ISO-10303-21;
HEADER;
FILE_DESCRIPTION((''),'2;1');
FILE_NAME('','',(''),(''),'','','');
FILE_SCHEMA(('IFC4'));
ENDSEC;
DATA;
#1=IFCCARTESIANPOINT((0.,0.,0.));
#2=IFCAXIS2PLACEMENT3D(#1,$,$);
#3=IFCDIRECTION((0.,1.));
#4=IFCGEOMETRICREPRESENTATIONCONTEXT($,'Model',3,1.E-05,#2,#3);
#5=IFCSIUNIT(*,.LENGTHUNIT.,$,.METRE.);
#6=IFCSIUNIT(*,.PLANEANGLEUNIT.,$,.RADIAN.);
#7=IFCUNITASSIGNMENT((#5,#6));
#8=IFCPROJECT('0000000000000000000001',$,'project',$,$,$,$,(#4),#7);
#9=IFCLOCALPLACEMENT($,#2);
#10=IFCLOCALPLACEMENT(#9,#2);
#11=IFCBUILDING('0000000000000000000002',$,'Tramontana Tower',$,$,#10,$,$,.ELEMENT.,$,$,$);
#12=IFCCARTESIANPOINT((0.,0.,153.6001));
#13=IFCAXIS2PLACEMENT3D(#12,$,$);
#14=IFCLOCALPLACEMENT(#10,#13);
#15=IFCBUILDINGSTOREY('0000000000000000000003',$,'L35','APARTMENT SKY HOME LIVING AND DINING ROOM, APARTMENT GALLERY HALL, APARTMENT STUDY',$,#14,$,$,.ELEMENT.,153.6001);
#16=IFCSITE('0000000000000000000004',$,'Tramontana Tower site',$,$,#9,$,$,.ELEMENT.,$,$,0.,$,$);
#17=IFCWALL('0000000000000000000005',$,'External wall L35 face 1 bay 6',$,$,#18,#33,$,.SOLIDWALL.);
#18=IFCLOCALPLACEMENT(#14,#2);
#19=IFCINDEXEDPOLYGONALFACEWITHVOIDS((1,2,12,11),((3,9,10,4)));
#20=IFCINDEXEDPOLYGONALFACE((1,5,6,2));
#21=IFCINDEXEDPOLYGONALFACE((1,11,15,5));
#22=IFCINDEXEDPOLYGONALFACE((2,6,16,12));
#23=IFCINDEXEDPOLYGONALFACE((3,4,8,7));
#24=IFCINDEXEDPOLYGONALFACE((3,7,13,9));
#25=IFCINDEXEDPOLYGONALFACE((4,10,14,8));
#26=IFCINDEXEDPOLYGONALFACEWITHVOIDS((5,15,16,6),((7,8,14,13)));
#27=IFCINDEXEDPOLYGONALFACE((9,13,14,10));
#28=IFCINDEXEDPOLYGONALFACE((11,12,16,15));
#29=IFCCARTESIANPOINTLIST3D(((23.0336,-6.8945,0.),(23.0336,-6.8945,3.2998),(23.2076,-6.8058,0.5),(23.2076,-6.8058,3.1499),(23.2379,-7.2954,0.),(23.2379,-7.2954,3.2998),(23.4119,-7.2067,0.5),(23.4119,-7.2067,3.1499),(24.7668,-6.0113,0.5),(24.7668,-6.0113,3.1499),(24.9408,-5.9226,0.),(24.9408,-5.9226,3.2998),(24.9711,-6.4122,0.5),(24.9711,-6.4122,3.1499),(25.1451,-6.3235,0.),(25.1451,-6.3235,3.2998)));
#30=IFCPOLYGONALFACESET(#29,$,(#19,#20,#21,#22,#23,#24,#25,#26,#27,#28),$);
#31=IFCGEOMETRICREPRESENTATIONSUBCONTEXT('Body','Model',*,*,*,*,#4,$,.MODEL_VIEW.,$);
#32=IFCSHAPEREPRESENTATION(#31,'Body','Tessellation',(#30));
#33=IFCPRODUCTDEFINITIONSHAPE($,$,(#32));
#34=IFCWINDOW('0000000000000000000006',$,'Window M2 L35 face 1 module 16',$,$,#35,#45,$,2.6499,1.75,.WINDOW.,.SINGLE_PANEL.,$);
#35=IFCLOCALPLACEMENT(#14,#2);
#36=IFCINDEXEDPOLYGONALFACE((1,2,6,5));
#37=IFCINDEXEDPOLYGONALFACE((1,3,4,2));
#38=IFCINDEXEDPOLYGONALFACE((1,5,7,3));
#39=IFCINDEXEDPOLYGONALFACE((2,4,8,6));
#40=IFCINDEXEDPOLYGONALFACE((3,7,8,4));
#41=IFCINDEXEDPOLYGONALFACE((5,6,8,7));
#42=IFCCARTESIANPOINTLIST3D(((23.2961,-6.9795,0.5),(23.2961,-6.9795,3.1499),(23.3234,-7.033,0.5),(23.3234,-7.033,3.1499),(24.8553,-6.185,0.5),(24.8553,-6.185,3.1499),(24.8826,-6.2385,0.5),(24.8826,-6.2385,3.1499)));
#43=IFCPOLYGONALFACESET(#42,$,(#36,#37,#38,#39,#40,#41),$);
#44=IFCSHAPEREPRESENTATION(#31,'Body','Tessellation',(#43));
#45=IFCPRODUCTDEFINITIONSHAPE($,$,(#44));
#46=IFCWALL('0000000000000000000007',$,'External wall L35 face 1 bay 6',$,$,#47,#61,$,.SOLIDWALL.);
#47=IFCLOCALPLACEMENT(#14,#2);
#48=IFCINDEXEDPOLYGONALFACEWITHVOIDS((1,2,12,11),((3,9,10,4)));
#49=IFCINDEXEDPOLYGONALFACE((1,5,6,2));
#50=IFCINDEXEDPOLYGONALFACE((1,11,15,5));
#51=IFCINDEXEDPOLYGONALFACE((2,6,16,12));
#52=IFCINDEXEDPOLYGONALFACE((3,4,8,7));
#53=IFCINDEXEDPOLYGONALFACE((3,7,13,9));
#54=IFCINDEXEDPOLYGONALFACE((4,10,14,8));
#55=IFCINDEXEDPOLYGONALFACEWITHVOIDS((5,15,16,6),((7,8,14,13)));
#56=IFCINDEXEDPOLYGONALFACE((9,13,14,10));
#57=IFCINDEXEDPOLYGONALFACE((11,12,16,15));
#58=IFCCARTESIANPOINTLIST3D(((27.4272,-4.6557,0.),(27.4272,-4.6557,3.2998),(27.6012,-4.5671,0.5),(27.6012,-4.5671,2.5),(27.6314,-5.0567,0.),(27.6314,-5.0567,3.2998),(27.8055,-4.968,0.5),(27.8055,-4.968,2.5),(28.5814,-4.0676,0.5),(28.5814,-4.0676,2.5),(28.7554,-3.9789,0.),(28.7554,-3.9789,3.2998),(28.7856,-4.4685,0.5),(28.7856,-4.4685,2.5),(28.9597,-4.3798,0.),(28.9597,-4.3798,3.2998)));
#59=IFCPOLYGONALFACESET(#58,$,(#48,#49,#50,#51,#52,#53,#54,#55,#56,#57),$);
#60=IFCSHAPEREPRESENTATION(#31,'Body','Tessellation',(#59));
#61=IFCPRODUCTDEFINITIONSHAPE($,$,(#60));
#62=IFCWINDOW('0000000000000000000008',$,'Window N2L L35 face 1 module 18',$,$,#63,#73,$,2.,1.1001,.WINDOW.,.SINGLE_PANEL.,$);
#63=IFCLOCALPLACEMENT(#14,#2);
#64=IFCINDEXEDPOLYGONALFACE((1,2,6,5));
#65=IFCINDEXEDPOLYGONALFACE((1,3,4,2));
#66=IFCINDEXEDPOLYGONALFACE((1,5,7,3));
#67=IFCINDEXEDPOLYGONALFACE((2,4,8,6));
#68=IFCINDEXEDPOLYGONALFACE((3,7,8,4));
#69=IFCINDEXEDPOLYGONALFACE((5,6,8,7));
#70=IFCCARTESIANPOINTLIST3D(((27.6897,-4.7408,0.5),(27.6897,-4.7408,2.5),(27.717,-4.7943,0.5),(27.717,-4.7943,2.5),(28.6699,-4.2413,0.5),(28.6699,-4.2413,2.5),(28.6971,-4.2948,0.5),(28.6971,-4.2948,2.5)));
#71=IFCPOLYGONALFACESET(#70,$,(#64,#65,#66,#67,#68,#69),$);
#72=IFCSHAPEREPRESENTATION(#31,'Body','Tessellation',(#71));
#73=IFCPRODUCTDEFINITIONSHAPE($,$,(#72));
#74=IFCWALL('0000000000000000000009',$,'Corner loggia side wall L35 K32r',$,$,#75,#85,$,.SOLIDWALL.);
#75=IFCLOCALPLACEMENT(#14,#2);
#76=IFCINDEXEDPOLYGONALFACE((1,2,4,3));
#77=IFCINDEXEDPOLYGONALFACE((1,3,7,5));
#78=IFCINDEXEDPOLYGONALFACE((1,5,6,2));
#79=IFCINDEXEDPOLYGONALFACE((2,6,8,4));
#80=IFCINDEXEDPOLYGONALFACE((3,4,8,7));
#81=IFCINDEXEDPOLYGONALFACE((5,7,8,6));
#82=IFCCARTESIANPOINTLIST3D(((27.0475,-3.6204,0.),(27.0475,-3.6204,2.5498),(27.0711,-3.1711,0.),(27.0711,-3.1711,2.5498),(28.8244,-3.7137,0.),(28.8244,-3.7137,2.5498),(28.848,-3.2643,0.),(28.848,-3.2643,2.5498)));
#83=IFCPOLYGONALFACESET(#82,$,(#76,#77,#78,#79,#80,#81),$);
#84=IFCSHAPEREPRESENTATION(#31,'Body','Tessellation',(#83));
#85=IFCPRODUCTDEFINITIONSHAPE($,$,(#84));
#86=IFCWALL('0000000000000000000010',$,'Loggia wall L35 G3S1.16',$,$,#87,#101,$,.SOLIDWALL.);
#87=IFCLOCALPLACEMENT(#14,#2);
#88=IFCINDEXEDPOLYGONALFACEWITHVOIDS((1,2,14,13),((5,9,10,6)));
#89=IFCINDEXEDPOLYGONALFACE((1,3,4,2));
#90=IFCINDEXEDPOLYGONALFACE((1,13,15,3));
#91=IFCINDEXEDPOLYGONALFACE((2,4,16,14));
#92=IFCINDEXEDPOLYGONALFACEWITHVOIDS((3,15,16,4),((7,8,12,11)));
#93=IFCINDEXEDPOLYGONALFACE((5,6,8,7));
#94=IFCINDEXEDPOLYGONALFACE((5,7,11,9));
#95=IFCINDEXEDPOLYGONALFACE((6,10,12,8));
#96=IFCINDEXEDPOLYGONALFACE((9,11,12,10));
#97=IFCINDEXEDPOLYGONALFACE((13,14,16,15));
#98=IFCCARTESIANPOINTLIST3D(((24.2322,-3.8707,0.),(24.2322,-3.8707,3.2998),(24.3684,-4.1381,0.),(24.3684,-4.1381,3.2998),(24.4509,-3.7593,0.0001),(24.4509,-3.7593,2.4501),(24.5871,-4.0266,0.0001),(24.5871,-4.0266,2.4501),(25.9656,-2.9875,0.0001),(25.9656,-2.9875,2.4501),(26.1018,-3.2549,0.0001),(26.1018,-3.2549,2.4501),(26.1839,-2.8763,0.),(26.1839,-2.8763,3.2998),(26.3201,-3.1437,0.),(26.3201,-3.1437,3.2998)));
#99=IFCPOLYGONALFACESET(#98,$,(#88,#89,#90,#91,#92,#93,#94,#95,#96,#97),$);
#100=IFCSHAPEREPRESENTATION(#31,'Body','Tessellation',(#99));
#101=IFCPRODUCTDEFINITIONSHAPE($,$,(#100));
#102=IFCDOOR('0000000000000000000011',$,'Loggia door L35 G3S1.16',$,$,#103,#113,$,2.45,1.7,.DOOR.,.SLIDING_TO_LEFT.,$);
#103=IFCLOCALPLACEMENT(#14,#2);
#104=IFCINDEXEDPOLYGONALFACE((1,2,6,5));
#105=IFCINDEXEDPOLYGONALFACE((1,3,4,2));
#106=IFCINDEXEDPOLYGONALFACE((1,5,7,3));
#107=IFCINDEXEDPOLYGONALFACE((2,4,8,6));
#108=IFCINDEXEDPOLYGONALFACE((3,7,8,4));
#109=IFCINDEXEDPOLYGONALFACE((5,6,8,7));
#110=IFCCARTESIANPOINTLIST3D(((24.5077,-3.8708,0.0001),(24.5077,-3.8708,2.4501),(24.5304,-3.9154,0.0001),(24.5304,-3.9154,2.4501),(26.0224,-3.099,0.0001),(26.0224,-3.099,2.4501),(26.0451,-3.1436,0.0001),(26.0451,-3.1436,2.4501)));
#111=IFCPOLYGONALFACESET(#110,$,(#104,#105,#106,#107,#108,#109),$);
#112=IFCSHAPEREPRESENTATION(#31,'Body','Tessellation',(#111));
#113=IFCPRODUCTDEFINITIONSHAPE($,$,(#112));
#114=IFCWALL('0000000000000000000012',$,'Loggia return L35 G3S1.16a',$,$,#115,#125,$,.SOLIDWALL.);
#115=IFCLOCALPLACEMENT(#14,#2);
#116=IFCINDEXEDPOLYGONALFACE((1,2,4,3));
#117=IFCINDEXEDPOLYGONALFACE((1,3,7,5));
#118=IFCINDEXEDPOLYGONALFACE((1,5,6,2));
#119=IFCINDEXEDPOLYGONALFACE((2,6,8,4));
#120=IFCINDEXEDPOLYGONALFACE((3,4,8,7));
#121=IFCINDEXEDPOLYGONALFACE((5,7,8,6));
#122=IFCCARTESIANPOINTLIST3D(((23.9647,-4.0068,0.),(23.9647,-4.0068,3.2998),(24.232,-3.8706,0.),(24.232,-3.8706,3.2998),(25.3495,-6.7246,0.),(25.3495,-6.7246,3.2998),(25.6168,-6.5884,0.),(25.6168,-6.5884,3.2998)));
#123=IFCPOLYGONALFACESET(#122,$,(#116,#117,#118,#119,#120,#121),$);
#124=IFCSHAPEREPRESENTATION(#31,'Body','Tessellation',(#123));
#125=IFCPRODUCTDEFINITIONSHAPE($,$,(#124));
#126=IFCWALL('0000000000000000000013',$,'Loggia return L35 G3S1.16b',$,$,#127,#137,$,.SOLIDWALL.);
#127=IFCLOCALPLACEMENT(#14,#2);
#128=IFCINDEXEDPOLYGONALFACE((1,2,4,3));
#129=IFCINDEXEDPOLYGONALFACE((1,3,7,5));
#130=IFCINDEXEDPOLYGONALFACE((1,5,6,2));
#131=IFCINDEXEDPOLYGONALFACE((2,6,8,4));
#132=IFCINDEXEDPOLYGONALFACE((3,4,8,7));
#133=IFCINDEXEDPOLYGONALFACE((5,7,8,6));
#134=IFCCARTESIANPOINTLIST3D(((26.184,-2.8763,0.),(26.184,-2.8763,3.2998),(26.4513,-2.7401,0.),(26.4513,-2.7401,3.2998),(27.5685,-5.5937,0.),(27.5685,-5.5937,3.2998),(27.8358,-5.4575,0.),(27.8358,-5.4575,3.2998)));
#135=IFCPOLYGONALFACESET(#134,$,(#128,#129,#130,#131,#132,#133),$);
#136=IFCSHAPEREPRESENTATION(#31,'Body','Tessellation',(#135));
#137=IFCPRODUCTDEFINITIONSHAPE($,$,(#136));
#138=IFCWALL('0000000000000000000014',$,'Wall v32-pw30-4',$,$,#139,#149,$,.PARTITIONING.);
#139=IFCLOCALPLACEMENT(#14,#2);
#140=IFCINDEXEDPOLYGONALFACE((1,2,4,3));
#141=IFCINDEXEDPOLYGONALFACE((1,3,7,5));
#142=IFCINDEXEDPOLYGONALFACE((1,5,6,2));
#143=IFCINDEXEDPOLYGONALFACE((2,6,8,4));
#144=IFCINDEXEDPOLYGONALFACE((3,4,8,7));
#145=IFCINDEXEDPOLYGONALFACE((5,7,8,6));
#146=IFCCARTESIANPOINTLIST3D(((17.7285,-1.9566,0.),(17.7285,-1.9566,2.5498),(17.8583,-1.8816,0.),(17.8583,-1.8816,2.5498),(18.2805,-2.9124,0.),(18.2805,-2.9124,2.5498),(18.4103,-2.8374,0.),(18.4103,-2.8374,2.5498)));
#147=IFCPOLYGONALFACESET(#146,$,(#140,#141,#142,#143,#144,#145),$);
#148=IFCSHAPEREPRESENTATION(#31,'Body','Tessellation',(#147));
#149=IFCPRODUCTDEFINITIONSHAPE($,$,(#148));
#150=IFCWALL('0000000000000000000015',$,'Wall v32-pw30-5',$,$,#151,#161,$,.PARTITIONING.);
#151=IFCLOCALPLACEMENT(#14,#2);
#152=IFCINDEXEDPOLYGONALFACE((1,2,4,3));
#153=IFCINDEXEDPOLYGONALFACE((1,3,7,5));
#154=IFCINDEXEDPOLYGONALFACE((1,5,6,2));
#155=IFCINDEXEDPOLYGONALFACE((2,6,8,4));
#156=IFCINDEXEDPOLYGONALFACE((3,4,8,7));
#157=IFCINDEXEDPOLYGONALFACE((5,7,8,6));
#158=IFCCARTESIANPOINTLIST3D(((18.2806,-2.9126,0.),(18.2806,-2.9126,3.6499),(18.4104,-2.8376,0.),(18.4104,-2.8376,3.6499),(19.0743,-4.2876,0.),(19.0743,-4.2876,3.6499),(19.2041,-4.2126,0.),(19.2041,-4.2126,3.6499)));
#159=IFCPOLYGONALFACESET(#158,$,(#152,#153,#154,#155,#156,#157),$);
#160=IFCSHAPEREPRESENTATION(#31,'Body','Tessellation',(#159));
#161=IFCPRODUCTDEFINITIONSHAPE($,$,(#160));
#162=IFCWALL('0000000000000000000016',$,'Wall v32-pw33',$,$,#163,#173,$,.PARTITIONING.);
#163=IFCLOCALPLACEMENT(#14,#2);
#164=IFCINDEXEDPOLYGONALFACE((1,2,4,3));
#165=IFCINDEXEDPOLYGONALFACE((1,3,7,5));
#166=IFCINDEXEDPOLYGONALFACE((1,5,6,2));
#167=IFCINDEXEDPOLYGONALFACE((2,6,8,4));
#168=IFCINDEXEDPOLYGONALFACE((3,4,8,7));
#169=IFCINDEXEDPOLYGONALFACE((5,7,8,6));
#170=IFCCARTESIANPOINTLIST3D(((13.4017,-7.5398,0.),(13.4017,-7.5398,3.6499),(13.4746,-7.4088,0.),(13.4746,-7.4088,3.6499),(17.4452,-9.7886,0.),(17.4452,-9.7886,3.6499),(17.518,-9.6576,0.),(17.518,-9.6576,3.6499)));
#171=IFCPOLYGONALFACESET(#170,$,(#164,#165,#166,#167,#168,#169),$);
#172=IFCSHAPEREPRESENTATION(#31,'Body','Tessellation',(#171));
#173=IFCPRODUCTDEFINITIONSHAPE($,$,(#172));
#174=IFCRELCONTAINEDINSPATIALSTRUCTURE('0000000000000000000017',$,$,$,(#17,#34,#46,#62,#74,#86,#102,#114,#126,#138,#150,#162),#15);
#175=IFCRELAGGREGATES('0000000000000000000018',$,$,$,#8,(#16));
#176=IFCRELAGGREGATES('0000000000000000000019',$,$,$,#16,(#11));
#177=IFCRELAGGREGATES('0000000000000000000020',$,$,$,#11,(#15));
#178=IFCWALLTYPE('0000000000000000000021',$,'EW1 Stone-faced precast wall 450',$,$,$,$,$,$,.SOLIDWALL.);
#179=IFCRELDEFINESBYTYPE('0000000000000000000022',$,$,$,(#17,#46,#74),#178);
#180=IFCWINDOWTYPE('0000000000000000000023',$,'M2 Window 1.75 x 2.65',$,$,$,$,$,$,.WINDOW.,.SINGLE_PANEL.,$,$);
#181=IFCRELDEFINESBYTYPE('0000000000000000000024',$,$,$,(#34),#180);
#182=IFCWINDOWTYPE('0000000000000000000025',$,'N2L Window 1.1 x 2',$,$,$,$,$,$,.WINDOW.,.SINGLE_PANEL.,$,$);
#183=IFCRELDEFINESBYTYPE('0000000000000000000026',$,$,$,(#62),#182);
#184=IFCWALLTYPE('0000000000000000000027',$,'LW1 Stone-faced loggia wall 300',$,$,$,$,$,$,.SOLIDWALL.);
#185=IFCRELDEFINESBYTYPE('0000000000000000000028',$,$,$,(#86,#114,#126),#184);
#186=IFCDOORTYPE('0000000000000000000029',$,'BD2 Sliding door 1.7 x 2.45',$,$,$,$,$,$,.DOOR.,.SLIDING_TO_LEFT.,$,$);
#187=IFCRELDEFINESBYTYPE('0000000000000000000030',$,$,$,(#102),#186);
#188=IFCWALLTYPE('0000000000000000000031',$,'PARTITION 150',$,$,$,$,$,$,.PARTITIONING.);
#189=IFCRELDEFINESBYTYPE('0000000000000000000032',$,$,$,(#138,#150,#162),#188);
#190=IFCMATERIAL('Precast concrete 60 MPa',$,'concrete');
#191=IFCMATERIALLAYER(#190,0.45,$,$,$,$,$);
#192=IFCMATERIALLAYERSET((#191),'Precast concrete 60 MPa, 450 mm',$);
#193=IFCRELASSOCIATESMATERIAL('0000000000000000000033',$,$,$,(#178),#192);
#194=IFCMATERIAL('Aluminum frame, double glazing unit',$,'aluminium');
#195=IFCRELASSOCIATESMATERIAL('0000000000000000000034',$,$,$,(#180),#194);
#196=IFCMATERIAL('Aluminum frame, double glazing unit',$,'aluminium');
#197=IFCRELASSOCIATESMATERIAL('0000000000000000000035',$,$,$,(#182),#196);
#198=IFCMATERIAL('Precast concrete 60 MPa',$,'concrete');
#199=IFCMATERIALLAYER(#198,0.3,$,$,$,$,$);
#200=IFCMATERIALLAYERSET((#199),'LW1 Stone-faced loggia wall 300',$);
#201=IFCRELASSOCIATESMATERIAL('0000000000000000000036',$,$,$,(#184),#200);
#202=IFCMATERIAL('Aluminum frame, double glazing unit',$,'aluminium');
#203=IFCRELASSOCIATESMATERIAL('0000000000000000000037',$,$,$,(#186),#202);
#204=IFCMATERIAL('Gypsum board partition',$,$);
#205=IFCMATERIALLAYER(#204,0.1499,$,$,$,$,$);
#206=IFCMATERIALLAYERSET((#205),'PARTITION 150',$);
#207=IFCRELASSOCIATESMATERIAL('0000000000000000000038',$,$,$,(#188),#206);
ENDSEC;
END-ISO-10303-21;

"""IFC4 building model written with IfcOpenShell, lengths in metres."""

from ifc_helpers import new_model, si_unit, direction, frame, frame_2d, origin, place, context, subcontext, project, spatial, rectangle, extrude, material, layer, layer_set, type_object, element, fill, save


model = new_model("IFC4")

# Units and contexts
model_context = context("Model", 3, precision=1e-05, world=origin(), true_north=direction((0.0, 1.0)))
body_context = subcontext(model_context, "Body", "Model", "MODEL_VIEW")
ifc_project = project(units=[si_unit("LENGTHUNIT", "METRE"), si_unit("PLANEANGLEUNIT", "RADIAN")], contexts=[model_context])

# Site, building, storey
site_placement = place(None, origin())
site = spatial("IfcSite", under=ifc_project, at=site_placement, Name="Tramontana Tower site", CompositionType="ELEMENT", RefElevation=0.0)
building_placement = place(site_placement, origin())
building = spatial("IfcBuilding", under=site, at=building_placement, Name="Tramontana Tower", CompositionType="ELEMENT")
storey_placement = place(building_placement, frame((0.0, 0.0, 153.6001)))
storey = spatial("IfcBuildingStorey", under=building, at=storey_placement, Name="L35", Description="APARTMENT SKY HOME LIVING AND DINING ROOM, APARTMENT GALLERY HALL, APARTMENT STUDY", CompositionType="ELEMENT", Elevation=153.6001)

# Shared definitions
ifc_material_1 = material(Name="Precast concrete 60 MPa", Category="concrete")
ifc_layer_1 = layer(ifc_material_1, 0.45)
ifc_layer_set_1 = layer_set([ifc_layer_1], Name="Precast concrete 60 MPa, 450 mm")
wall_type_1 = type_object("IfcWallType", Name="EW1 Stone-faced precast wall 450", PredefinedType="SOLIDWALL", material=ifc_layer_set_1)
ifc_material_2 = material(Name="Aluminum frame, double glazing unit", Category="aluminium")
window_type_1 = type_object("IfcWindowType", Name="M2 Window 1.75 x 2.65", PartitioningType="SINGLE_PANEL", PredefinedType="WINDOW", material=ifc_material_2)

# Walls, openings, windows
wall_1_placement = place(storey_placement, frame((23.1357, -7.095, 0.0), z_axis=(0.0, 0.0, 1.0), x_axis=(0.890979, 0.454044, 0.0)))
wall_1 = element("IfcWall", 1, at=wall_1_placement, inside=storey, type_object=wall_type_1, Name="External wall L35 face 1 bay 6", PredefinedType="SOLIDWALL", context=body_context, shape_type="SweptSolid", body=[
    extrude(rectangle(XDim=2.1406, YDim=0.45, at=frame_2d((1.0703, 0.0))), origin(), (0.0, 0.0, 1.0), 3.2998),
])
opening_1_placement = place(wall_1_placement, frame((0.1953, 0.0, 0.5)))
opening_1 = element("IfcOpeningElement", 2, at=opening_1_placement, cuts=wall_1, PredefinedType="OPENING", context=body_context, shape_type="SweptSolid", body=[
    extrude(rectangle(XDim=1.75, YDim=2.6499, at=frame_2d((0.875, 1.325))), frame((0.0, 0.2349, 0.0), z_axis=(0.0, -1.0, 0.0), x_axis=(1.0, 0.0, 0.0)), (0.0, 0.0, 1.0), 0.47),
])
window_1_placement = place(opening_1_placement, origin())
window_1 = element("IfcWindow", 3, at=window_1_placement, inside=storey, type_object=window_type_1, Name="Window M2 L35 face 1 module 16", OverallHeight=2.6499, OverallWidth=1.75, PartitioningType="SINGLE_PANEL", PredefinedType="WINDOW", context=body_context, shape_type="SweptSolid", body=[
    extrude(rectangle(XDim=1.75, YDim=2.6499, at=frame_2d((0.875, 1.325))), frame((0.0, 0.03, 0.0), z_axis=(0.0, -1.0, 0.0), x_axis=(1.0, 0.0, 0.0)), (0.0, 0.0, 1.0), 0.0601),
])
fill(opening_1, window_1)
wall_2_placement = place(storey_placement, frame((27.5293, -4.8562, 0.0), z_axis=(0.0, 0.0, 1.0), x_axis=(0.890994, 0.454014, 0.0)))
wall_2 = element("IfcWall", 4, at=wall_2_placement, inside=storey, type_object=wall_type_1, Name="External wall L35 face 1 bay 6", PredefinedType="SOLIDWALL", context=body_context, shape_type="SweptSolid", body=[
    extrude(rectangle(XDim=1.4907, YDim=0.45, at=frame_2d((0.7454, 0.0))), origin(), (0.0, 0.0, 1.0), 3.2998),
])
opening_2_placement = place(wall_2_placement, frame((0.1953, 0.0, 0.5)))
opening_2 = element("IfcOpeningElement", 5, at=opening_2_placement, cuts=wall_2, PredefinedType="OPENING", context=body_context, shape_type="SweptSolid", body=[
    extrude(rectangle(XDim=1.1001, YDim=2.0, at=frame_2d((0.55, 1.0))), frame((0.0, 0.2349, 0.0), z_axis=(0.0, -1.0, 0.0), x_axis=(1.0, 0.0, 0.0)), (0.0, 0.0, 1.0), 0.47),
])
ifc_material_3 = material(Name="Aluminum frame, double glazing unit", Category="aluminium")
window_type_2 = type_object("IfcWindowType", Name="N2L Window 1.1 x 2", PartitioningType="SINGLE_PANEL", PredefinedType="WINDOW", material=ifc_material_3)
window_2_placement = place(opening_2_placement, origin())
window_2 = element("IfcWindow", 6, at=window_2_placement, inside=storey, type_object=window_type_2, Name="Window N2L L35 face 1 module 18", OverallHeight=2.0, OverallWidth=1.1001, PartitioningType="SINGLE_PANEL", PredefinedType="WINDOW", context=body_context, shape_type="SweptSolid", body=[
    extrude(rectangle(XDim=1.1001, YDim=2.0, at=frame_2d((0.55, 1.0))), frame((0.0, 0.03, 0.0), z_axis=(0.0, -1.0, 0.0), x_axis=(1.0, 0.0, 0.0)), (0.0, 0.0, 1.0), 0.0601),
])
fill(opening_2, window_2)

# Wall
wall_3_placement = place(storey_placement, frame((28.8362, -3.489, 0.0), z_axis=(0.0, 0.0, 1.0), x_axis=(-0.998625, 0.052415, 0.0)))
element("IfcWall", 7, at=wall_3_placement, inside=storey, type_object=wall_type_1, Name="Corner loggia side wall L35 K32r", PredefinedType="SOLIDWALL", context=body_context, shape_type="SweptSolid", body=[
    extrude(rectangle(XDim=1.7793, YDim=0.45, at=frame_2d((0.8896, 0.0))), origin(), (0.0, 0.0, 1.0), 2.5498),
])

# Wall, opening, door
ifc_material_4 = material(Name="Precast concrete 60 MPa", Category="concrete")
ifc_layer_2 = layer(ifc_material_4, 0.3)
ifc_layer_set_2 = layer_set([ifc_layer_2], Name="LW1 Stone-faced loggia wall 300")
wall_type_2 = type_object("IfcWallType", Name="LW1 Stone-faced loggia wall 300", PredefinedType="SOLIDWALL", material=ifc_layer_set_2)
wall_4_placement = place(storey_placement, frame((24.3003, -4.0044, 0.0), z_axis=(0.0, 0.0, 1.0), x_axis=(0.891013, 0.453978, 0.0)))
wall_4 = element("IfcWall", 8, at=wall_4_placement, inside=storey, type_object=wall_type_2, Name="Loggia wall L35 G3S1.16", PredefinedType="SOLIDWALL", context=body_context, shape_type="SweptSolid", body=[
    extrude(rectangle(XDim=2.1904, YDim=0.3, at=frame_2d((1.0952, 0.0))), origin(), (0.0, 0.0, 1.0), 3.2998),
])
opening_3_placement = place(wall_4_placement, frame((0.2454, 0.0, 0.0)))
opening_3 = element("IfcOpeningElement", 9, at=opening_3_placement, cuts=wall_4, PredefinedType="OPENING", context=body_context, shape_type="SweptSolid", body=[
    extrude(rectangle(XDim=1.7, YDim=2.45, at=frame_2d((0.8501, 1.2251))), frame((0.0, 0.1599, 0.0), z_axis=(0.0, -1.0, 0.0), x_axis=(1.0, 0.0, 0.0)), (0.0, 0.0, 1.0), 0.3201),
])
ifc_material_5 = material(Name="Aluminum frame, double glazing unit", Category="aluminium")
door_type = type_object("IfcDoorType", Name="BD2 Sliding door 1.7 x 2.45", OperationType="SLIDING_TO_LEFT", PredefinedType="DOOR", material=ifc_material_5)
door_placement = place(opening_3_placement, origin())
door = element("IfcDoor", 10, at=door_placement, inside=storey, type_object=door_type, Name="Loggia door L35 G3S1.16", OperationType="SLIDING_TO_LEFT", OverallHeight=2.45, OverallWidth=1.7, PredefinedType="DOOR", context=body_context, shape_type="SweptSolid", body=[
    extrude(rectangle(XDim=1.7, YDim=2.45, at=frame_2d((0.8501, 1.2251))), frame((0.0, 0.0249, 0.0), z_axis=(0.0, -1.0, 0.0), x_axis=(1.0, 0.0, 0.0)), (0.0, 0.0, 1.0), 0.05),
])
fill(opening_3, door)

# Walls
wall_5_placement = place(storey_placement, frame((25.4832, -6.6565, 0.0), z_axis=(0.0, 0.0, 1.0), x_axis=(-0.453988, 0.891008, 0.0)))
element("IfcWall", 11, at=wall_5_placement, inside=storey, type_object=wall_type_2, Name="Loggia return L35 G3S1.16a", PredefinedType="SOLIDWALL", context=body_context, shape_type="SweptSolid", body=[
    extrude(rectangle(XDim=3.0503, YDim=0.3, at=frame_2d((1.5251, 0.0))), origin(), (0.0, 0.0, 1.0), 3.2998),
])
wall_6_placement = place(storey_placement, frame((27.7021, -5.5256, 0.0), z_axis=(0.0, 0.0, 1.0), x_axis=(-0.453957, 0.891024, 0.0)))
element("IfcWall", 12, at=wall_6_placement, inside=storey, type_object=wall_type_2, Name="Loggia return L35 G3S1.16b", PredefinedType="SOLIDWALL", context=body_context, shape_type="SweptSolid", body=[
    extrude(rectangle(XDim=3.0498, YDim=0.3, at=frame_2d((1.5249, 0.0))), origin(), (0.0, 0.0, 1.0), 3.2998),
])
ifc_material_6 = material(Name="Gypsum board partition")
ifc_layer_3 = layer(ifc_material_6, 0.1499)
ifc_layer_set_3 = layer_set([ifc_layer_3], Name="PARTITION 150")
wall_type_3 = type_object("IfcWallType", Name="PARTITION 150", PredefinedType="PARTITIONING", material=ifc_layer_set_3)
wall_7_placement = place(storey_placement, frame((17.7935, -1.9192, 0.0), z_axis=(0.0, 0.0, 1.0), x_axis=(0.500112, -0.865961, 0.0)))
element("IfcWall", 13, at=wall_7_placement, inside=storey, type_object=wall_type_3, Name="Wall v32-pw30-4", PredefinedType="PARTITIONING", context=body_context, shape_type="SweptSolid", body=[
    extrude(rectangle(XDim=1.1038, YDim=0.1499, at=frame_2d((0.5518, 0.0))), origin(), (0.0, 0.0, 1.0), 2.5498),
])
wall_8_placement = place(storey_placement, frame((18.3455, -2.875, 0.0), z_axis=(0.0, 0.0, 1.0), x_axis=(0.499927, -0.866068, 0.0)))
element("IfcWall", 14, at=wall_8_placement, inside=storey, type_object=wall_type_3, Name="Wall v32-pw30-5", PredefinedType="PARTITIONING", context=body_context, shape_type="SweptSolid", body=[
    extrude(rectangle(XDim=1.5876, YDim=0.1499, at=frame_2d((0.7939, 0.0))), origin(), (0.0, 0.0, 1.0), 3.6499),
])
wall_9_placement = place(storey_placement, frame((17.4817, -9.7231, 0.0), z_axis=(0.0, 0.0, 1.0), x_axis=(-0.873936, 0.486042, 0.0)))
element("IfcWall", 15, at=wall_9_placement, inside=storey, type_object=wall_type_3, Name="Wall v32-pw33", PredefinedType="PARTITIONING", context=body_context, shape_type="SweptSolid", body=[
    extrude(rectangle(XDim=4.6267, YDim=0.1499, at=frame_2d((2.3135, 0.0))), origin(), (0.0, 0.0, 1.0), 3.6499),
])

save(model, "model.ifc")
